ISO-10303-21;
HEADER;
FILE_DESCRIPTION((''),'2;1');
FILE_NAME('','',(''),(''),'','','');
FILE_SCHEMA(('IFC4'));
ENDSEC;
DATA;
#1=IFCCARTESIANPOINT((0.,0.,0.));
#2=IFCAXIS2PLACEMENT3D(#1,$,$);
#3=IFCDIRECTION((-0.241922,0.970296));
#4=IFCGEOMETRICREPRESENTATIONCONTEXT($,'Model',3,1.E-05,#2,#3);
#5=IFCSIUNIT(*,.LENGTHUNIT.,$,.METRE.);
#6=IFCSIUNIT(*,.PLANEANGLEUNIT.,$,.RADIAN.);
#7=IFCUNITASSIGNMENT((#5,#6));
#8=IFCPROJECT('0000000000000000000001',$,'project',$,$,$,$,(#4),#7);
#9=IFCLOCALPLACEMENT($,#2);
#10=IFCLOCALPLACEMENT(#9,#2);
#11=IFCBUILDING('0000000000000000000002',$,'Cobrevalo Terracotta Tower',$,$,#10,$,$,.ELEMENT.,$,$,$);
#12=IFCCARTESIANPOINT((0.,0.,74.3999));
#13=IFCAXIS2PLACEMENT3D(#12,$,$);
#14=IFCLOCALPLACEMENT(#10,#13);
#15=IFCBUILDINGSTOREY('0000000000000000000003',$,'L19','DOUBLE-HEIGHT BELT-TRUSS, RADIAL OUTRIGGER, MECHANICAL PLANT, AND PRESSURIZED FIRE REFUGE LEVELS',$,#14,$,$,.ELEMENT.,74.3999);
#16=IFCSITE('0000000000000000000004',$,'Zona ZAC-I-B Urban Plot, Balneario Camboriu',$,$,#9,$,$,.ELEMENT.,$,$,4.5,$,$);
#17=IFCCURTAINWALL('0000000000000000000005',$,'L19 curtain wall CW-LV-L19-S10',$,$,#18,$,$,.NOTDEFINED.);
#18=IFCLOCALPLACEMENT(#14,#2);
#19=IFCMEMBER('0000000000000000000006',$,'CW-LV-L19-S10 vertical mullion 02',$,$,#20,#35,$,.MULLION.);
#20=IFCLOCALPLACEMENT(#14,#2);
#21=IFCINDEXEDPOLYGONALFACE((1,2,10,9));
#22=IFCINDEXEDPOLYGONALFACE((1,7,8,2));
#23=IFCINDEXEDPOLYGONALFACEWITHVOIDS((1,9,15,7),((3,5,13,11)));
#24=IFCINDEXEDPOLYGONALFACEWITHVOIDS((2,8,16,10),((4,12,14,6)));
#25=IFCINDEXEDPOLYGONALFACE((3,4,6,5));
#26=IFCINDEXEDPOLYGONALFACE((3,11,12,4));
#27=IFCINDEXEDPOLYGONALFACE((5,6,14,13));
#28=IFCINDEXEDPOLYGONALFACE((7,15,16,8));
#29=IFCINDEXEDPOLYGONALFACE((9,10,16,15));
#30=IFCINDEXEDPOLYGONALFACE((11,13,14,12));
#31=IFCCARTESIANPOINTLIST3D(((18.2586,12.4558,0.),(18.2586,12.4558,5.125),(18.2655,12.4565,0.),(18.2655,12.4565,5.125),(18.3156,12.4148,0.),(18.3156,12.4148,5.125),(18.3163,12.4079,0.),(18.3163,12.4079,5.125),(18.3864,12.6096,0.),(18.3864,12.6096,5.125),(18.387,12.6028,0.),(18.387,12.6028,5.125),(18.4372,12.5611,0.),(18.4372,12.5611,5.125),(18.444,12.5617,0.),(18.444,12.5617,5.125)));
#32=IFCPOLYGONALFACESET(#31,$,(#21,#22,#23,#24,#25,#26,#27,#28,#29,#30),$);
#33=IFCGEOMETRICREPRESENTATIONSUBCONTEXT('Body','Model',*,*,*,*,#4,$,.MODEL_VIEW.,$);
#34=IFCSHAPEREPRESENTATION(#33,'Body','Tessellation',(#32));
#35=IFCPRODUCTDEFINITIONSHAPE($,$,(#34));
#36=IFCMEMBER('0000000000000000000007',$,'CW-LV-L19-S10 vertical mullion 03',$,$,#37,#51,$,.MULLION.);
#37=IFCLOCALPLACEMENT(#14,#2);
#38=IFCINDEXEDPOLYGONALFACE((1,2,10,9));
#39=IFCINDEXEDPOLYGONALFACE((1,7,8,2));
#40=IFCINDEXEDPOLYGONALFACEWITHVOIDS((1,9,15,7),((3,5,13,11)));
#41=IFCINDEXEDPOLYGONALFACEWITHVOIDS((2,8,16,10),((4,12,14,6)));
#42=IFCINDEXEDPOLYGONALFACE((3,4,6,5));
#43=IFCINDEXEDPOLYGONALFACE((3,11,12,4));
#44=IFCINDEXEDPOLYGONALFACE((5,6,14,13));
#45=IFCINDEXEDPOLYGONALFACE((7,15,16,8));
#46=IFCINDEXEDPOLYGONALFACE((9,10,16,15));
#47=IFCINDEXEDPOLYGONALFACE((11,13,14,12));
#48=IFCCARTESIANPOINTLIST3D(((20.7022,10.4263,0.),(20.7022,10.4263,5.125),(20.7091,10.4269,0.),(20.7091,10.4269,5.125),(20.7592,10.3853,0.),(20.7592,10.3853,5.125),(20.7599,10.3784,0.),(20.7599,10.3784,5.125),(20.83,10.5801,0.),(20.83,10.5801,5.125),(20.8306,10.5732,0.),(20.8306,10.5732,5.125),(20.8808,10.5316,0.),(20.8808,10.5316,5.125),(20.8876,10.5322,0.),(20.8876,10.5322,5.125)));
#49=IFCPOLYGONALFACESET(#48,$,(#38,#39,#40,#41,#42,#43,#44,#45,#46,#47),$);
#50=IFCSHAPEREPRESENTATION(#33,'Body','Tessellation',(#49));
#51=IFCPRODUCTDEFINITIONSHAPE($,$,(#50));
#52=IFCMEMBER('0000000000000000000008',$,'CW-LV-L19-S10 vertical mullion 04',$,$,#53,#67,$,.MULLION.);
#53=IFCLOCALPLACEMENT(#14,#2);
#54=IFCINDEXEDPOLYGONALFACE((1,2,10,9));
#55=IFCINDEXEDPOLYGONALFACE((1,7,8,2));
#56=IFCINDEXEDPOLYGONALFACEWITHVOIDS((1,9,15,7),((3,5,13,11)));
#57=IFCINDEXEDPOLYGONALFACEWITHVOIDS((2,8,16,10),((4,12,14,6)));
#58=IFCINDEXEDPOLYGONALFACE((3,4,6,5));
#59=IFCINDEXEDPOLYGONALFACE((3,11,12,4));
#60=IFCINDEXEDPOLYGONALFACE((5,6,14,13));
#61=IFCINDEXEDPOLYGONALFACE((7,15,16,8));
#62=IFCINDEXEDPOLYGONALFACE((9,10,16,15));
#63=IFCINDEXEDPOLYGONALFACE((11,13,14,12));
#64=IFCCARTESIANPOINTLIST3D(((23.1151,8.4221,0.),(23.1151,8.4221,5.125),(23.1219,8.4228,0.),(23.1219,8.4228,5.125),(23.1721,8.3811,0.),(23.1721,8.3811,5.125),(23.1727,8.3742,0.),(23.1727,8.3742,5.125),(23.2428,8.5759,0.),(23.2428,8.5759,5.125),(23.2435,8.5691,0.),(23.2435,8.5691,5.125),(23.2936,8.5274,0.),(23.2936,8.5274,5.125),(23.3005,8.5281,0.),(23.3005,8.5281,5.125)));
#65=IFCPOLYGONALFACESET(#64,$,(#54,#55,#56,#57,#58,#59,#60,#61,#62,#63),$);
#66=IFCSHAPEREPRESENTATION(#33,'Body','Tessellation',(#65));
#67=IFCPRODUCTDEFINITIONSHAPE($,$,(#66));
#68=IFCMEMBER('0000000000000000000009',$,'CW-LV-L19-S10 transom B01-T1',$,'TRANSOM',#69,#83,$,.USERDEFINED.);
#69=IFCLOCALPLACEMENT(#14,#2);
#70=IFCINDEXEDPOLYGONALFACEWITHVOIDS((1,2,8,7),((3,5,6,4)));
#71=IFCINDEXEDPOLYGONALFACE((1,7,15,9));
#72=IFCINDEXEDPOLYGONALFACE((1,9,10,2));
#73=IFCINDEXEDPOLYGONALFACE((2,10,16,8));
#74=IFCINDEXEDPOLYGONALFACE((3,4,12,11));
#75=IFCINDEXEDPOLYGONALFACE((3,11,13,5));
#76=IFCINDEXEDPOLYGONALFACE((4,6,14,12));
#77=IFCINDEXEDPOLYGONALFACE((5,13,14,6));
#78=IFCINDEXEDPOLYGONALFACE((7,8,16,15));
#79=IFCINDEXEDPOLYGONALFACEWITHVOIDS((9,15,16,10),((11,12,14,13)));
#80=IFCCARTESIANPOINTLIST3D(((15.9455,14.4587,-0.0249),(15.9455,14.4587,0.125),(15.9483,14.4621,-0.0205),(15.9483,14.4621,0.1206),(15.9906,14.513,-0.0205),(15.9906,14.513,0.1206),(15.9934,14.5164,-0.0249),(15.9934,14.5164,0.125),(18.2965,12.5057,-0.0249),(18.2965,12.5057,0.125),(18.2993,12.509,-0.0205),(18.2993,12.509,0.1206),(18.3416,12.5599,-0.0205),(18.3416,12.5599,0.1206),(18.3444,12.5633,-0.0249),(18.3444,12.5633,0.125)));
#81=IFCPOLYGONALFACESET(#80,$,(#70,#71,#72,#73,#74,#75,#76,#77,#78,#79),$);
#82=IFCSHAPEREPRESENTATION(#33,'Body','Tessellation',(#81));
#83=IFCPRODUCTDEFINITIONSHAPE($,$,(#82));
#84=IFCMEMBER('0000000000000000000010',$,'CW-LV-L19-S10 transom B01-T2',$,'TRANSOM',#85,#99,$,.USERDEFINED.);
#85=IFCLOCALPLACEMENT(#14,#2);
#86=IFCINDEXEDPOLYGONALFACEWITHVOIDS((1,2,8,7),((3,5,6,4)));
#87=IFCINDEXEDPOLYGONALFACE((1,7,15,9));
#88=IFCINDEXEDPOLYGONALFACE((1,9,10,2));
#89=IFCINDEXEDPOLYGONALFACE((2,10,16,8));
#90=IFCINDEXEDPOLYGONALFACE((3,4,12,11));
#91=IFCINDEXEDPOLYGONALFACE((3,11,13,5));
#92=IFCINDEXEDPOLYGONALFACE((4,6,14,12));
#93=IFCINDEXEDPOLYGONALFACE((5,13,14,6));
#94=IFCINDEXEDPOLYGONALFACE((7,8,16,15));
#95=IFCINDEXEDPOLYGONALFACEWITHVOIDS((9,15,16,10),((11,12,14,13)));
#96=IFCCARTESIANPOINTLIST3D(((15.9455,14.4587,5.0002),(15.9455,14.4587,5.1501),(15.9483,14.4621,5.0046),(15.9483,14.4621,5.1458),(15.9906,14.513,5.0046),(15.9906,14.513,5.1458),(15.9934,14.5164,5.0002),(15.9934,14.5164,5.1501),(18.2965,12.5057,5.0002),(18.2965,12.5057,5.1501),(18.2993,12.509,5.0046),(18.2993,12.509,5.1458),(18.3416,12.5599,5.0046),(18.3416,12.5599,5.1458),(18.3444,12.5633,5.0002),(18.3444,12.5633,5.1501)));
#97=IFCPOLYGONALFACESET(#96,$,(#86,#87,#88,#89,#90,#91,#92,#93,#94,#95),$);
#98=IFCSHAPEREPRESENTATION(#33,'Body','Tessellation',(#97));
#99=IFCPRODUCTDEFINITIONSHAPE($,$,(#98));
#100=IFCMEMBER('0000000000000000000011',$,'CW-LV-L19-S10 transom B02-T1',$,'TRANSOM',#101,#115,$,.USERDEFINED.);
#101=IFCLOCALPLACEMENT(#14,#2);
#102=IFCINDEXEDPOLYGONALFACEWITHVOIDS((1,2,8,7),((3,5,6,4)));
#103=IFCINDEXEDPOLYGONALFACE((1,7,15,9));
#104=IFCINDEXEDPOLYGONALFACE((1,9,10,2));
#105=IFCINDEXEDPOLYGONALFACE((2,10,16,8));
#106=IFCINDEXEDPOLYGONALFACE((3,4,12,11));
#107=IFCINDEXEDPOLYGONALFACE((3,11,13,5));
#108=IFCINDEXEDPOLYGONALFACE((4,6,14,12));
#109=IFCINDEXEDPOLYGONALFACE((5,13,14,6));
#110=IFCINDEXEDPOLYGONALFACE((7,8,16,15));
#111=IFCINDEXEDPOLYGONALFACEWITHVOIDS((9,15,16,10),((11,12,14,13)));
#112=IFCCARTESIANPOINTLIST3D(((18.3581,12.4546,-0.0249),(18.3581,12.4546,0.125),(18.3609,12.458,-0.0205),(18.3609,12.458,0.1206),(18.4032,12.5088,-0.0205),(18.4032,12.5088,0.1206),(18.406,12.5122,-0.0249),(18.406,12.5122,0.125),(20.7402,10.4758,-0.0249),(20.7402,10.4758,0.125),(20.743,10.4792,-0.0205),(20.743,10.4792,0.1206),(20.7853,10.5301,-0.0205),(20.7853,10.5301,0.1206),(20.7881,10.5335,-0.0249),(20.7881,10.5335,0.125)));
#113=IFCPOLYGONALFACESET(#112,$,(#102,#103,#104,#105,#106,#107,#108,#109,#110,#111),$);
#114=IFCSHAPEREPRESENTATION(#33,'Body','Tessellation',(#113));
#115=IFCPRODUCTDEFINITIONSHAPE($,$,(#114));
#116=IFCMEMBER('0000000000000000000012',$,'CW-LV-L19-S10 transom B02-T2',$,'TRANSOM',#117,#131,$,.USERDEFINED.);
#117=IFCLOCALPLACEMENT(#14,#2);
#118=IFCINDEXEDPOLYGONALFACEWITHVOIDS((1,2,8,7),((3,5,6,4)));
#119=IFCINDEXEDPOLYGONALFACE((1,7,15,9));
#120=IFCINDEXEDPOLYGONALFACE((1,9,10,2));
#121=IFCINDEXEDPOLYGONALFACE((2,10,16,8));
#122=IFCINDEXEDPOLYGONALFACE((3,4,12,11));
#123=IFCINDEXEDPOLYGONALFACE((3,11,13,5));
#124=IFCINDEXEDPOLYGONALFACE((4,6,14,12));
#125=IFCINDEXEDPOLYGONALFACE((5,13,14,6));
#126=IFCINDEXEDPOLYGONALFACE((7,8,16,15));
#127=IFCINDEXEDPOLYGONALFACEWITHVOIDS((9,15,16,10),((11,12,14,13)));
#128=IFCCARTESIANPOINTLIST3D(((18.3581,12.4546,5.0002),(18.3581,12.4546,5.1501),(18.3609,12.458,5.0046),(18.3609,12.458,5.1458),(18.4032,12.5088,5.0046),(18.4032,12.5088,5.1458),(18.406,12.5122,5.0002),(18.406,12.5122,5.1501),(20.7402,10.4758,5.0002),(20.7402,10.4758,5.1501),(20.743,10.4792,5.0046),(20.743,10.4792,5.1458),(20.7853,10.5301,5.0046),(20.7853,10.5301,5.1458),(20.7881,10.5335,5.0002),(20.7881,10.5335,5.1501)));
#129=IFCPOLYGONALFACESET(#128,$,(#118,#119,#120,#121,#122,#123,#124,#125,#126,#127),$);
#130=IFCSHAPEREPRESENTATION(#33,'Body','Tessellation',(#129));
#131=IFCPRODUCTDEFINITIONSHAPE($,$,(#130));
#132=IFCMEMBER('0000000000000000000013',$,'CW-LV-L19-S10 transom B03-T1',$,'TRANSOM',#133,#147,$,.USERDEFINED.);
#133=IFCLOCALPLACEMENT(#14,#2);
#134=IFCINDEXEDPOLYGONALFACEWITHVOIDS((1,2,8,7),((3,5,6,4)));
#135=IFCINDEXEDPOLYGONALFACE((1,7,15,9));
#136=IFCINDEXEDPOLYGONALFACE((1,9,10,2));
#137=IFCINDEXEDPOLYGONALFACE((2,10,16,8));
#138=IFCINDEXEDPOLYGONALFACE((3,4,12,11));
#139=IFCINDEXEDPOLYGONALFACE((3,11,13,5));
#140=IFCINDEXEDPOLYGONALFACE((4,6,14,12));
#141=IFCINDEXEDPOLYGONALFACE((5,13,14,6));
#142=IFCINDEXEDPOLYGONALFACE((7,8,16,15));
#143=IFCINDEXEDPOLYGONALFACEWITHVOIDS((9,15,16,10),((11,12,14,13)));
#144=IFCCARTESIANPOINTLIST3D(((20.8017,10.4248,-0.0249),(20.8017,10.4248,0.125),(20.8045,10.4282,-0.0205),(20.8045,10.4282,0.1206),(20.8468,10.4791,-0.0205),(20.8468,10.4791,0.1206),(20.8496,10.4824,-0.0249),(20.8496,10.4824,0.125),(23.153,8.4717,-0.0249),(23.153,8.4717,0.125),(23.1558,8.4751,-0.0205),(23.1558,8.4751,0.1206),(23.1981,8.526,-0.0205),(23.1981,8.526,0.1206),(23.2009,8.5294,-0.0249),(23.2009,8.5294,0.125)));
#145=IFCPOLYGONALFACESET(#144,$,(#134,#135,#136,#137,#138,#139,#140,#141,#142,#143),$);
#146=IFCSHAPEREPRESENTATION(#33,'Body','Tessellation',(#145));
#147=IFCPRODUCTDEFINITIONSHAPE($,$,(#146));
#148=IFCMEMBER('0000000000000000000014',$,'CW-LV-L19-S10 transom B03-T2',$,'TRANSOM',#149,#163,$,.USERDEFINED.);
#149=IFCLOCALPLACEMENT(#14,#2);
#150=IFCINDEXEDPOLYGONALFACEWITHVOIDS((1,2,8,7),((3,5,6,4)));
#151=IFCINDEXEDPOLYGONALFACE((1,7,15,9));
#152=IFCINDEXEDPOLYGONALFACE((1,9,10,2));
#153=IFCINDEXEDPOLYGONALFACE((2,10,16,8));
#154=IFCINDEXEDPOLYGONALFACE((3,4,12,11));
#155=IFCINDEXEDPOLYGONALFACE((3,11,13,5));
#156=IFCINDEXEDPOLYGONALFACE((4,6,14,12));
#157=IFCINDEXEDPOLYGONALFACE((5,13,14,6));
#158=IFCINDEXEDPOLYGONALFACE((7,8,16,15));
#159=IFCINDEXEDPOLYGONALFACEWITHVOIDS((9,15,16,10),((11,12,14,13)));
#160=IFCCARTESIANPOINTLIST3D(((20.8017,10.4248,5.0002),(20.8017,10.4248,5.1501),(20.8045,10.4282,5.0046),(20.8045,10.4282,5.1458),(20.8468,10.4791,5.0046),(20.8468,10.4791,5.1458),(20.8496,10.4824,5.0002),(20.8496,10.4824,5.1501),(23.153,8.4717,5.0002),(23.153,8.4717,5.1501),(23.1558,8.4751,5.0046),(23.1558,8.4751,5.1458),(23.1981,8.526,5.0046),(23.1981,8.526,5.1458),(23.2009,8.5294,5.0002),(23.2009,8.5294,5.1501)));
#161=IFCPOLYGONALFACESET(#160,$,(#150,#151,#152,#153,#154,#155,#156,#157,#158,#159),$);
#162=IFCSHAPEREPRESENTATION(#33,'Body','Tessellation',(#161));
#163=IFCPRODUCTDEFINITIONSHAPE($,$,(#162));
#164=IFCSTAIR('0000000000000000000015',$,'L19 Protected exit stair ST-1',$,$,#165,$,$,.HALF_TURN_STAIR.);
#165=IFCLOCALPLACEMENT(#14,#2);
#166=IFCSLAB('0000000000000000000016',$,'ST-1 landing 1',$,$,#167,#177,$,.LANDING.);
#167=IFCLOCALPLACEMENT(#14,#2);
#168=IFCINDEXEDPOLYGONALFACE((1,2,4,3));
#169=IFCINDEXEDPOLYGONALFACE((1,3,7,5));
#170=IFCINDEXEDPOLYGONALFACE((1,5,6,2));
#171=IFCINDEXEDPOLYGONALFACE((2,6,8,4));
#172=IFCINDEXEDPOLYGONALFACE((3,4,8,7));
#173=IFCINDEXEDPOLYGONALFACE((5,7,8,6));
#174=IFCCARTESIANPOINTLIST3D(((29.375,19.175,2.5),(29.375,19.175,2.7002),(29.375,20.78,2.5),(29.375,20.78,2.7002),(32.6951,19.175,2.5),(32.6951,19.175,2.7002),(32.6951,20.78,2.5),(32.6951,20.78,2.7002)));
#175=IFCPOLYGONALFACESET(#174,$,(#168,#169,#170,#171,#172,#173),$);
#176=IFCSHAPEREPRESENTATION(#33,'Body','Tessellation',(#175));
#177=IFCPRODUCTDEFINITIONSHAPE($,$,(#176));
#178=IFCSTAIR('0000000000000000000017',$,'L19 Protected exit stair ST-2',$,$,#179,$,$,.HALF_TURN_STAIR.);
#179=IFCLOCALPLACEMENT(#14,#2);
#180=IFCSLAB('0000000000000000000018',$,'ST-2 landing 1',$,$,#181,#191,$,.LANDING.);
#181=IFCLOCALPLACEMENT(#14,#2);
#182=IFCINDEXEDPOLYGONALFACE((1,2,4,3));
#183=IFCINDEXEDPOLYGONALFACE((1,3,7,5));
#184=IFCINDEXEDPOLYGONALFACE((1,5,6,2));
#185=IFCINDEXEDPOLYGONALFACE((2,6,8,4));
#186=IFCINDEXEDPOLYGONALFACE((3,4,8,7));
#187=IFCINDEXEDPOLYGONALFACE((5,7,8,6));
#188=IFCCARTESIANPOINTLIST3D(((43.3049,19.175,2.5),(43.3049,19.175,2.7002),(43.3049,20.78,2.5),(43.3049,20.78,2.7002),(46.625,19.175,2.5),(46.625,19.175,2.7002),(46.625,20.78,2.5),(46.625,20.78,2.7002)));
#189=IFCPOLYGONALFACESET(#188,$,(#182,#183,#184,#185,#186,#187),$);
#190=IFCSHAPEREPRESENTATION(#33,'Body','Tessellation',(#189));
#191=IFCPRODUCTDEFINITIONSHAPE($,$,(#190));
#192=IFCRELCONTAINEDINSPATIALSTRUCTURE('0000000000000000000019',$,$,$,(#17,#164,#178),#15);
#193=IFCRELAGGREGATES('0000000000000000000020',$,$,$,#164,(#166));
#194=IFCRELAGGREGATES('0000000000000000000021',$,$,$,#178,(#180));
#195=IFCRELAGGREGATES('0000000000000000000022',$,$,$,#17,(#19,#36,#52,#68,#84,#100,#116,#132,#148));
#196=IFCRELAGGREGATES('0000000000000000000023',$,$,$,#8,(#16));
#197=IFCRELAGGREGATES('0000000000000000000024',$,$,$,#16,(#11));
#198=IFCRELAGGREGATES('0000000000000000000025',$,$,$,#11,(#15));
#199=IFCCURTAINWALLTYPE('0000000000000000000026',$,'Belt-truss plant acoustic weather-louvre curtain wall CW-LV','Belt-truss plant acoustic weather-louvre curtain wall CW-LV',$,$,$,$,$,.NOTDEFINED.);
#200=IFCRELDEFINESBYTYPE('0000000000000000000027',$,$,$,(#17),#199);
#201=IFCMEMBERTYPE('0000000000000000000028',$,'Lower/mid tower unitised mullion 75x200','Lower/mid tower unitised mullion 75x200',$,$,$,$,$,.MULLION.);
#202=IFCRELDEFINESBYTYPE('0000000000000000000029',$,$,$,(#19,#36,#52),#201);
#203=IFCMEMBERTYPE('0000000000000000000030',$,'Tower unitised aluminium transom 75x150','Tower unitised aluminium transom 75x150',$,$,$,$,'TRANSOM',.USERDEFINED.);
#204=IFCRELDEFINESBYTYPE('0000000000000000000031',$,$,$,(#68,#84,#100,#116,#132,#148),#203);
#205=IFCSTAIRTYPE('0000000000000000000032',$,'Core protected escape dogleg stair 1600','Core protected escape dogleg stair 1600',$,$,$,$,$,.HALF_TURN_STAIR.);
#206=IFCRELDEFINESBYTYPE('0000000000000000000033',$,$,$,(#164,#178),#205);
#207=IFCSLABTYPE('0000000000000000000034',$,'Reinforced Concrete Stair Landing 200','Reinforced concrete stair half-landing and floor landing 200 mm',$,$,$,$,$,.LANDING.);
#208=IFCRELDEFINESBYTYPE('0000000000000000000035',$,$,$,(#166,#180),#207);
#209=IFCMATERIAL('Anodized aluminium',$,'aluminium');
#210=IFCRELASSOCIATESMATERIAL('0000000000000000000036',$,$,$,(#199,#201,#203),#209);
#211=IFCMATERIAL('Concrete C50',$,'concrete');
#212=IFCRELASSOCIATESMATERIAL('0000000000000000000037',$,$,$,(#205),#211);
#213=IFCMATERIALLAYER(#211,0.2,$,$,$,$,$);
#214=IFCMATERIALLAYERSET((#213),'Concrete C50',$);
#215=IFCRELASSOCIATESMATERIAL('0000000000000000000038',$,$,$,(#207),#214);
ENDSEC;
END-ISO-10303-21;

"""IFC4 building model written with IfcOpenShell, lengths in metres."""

from ifc_helpers import new_model, si_unit, direction, frame, origin, origin_2d, place, context, subcontext, project, spatial, polyline, hollow_rectangle, outline, extrude, source, transform, mapped, material, layer, layer_set, material_profile, profile_set, type_object, element, aggregate, save


model = new_model("IFC4")

# Units and contexts
model_context = context("Model", 3, precision=1e-05, world=origin(), true_north=direction((-0.241922, 0.970296)))
body_context = subcontext(model_context, "Body", "Model", "MODEL_VIEW")
ifc_project = project(units=[si_unit("LENGTHUNIT", "METRE"), si_unit("PLANEANGLEUNIT", "RADIAN")], contexts=[model_context])

# Site, building, storey
site_placement = place(None, origin())
site = spatial("IfcSite", under=ifc_project, at=site_placement, Name="Zona ZAC-I-B Urban Plot, Balneario Camboriu", CompositionType="ELEMENT", RefElevation=4.5)
building_placement = place(site_placement, origin())
building = spatial("IfcBuilding", under=site, at=building_placement, Name="Cobrevalo Terracotta Tower", CompositionType="ELEMENT")
storey_placement = place(building_placement, frame((0.0, 0.0, 74.3999)))
storey = spatial("IfcBuildingStorey", under=building, at=storey_placement, Name="L19", Description="DOUBLE-HEIGHT BELT-TRUSS, RADIAL OUTRIGGER, MECHANICAL PLANT, AND PRESSURIZED FIRE REFUGE LEVELS", CompositionType="ELEMENT", Elevation=74.3999)

# Shared definitions
ifc_material_1 = material(Name="Anodized aluminium", Category="aluminium")
curtain_wall_type = type_object("IfcCurtainWallType", Name="Belt-truss plant acoustic weather-louvre curtain wall CW-LV", Description="Belt-truss plant acoustic weather-louvre curtain wall CW-LV", PredefinedType="NOTDEFINED", material=ifc_material_1)
ifc_material_profile_1 = material_profile(ifc_material_1, hollow_rectangle(XDim=0.075, YDim=0.2, WallThickness=0.0049, at=origin_2d()), Name="CWM 75x200")
ifc_profile_set_1 = profile_set([ifc_material_profile_1], Name="Anodized aluminium")
member_type_1 = type_object("IfcMemberType", Name="Lower/mid tower unitised mullion 75x200", Description="Lower/mid tower unitised mullion 75x200", PredefinedType="MULLION", material=ifc_profile_set_1)
shared_shape_1 = source(origin(), body_context, "Body", "SweptSolid", [
    extrude(hollow_rectangle(XDim=0.075, YDim=0.2, WallThickness=0.0049, at=origin_2d()), origin(), (0.0, 0.0, 1.0), 5.125),
])

# Curtain wall, members
curtain_wall_1_placement = place(storey_placement, origin())
curtain_wall_1 = element("IfcCurtainWall", 1, at=curtain_wall_1_placement, inside=storey, type_object=curtain_wall_type, Name="L19 curtain wall CW-LV-L19-S10", PredefinedType="NOTDEFINED")
member_1_placement = place(storey_placement, frame((18.3513, 12.5088, 0.0), z_axis=(0.0, 0.0, 1.0), x_axis=(0.769243, -0.638956, 0.0)))
member_1 = element("IfcMember", 2, at=member_1_placement, type_object=member_type_1, Name="CW-LV-L19-S10 vertical mullion 02", PredefinedType="MULLION", context=body_context, shape_type="MappedRepresentation", body=[
    mapped(shared_shape_1, transform((0.0, 0.0, 0.0), scale=1.0)),
])
member_2_placement = place(storey_placement, frame((20.7949, 10.4792, 0.0), z_axis=(0.0, 0.0, 1.0), x_axis=(0.769243, -0.638956, 0.0)))
member_2 = element("IfcMember", 3, at=member_2_placement, type_object=member_type_1, Name="CW-LV-L19-S10 vertical mullion 03", PredefinedType="MULLION", context=body_context, shape_type="MappedRepresentation", body=[
    mapped(shared_shape_1, transform((0.0, 0.0, 0.0), scale=1.0)),
])
member_3_placement = place(storey_placement, frame((23.2078, 8.4751, 0.0), z_axis=(0.0, 0.0, 1.0), x_axis=(0.769243, -0.638956, 0.0)))
member_3 = element("IfcMember", 4, at=member_3_placement, type_object=member_type_1, Name="CW-LV-L19-S10 vertical mullion 04", PredefinedType="MULLION", context=body_context, shape_type="MappedRepresentation", body=[
    mapped(shared_shape_1, transform((0.0, 0.0, 0.0), scale=1.0)),
])
ifc_material_profile_2 = material_profile(ifc_material_1, hollow_rectangle(XDim=0.075, YDim=0.1499, WallThickness=0.0044, at=origin_2d()), Name="CWT 75x150")
ifc_profile_set_2 = profile_set([ifc_material_profile_2], Name="Anodized aluminium")
member_type_2 = type_object("IfcMemberType", Name="Tower unitised aluminium transom 75x150", Description="Tower unitised aluminium transom 75x150", ElementType="TRANSOM", PredefinedType="USERDEFINED", material=ifc_profile_set_2)
shared_shape_2 = source(origin(), body_context, "Body", "SweptSolid", [
    extrude(hollow_rectangle(XDim=0.075, YDim=0.1499, WallThickness=0.0044, at=origin_2d()), origin(), (0.0, 0.0, 1.0), 3.0564),
])
member_4_placement = place(storey_placement, frame((15.9695, 14.4875, 0.05), z_axis=(0.769202, -0.639005, 0.0), x_axis=(0.639005, 0.769202, 0.0)))
member_4 = element("IfcMember", 5, at=member_4_placement, type_object=member_type_2, Name="CW-LV-L19-S10 transom B01-T1", ObjectType="TRANSOM", PredefinedType="USERDEFINED", context=body_context, shape_type="MappedRepresentation", body=[
    mapped(shared_shape_2, transform((0.0, 0.0, 0.0), scale=1.0)),
])
member_5_placement = place(storey_placement, frame((15.9695, 14.4875, 5.0752), z_axis=(0.769202, -0.639005, 0.0), x_axis=(0.639005, 0.769202, 0.0)))
member_5 = element("IfcMember", 6, at=member_5_placement, type_object=member_type_2, Name="CW-LV-L19-S10 transom B01-T2", ObjectType="TRANSOM", PredefinedType="USERDEFINED", context=body_context, shape_type="MappedRepresentation", body=[
    mapped(shared_shape_2, transform((0.0, 0.0, 0.0), scale=1.0)),
])
shared_shape_3 = source(origin(), body_context, "Body", "SweptSolid", [
    extrude(hollow_rectangle(XDim=0.075, YDim=0.1499, WallThickness=0.0044, at=origin_2d()), origin(), (0.0, 0.0, 1.0), 3.0967),
])
member_6_placement = place(storey_placement, frame((18.3821, 12.4834, 0.05), z_axis=(0.769222, -0.638982, 0.0), x_axis=(0.638982, 0.769222, 0.0)))
member_6 = element("IfcMember", 7, at=member_6_placement, type_object=member_type_2, Name="CW-LV-L19-S10 transom B02-T1", ObjectType="TRANSOM", PredefinedType="USERDEFINED", context=body_context, shape_type="MappedRepresentation", body=[
    mapped(shared_shape_3, transform((0.0, 0.0, 0.0), scale=1.0)),
])
member_7_placement = place(storey_placement, frame((18.3821, 12.4834, 5.0752), z_axis=(0.769222, -0.638982, 0.0), x_axis=(0.638982, 0.769222, 0.0)))
member_7 = element("IfcMember", 8, at=member_7_placement, type_object=member_type_2, Name="CW-LV-L19-S10 transom B02-T2", ObjectType="TRANSOM", PredefinedType="USERDEFINED", context=body_context, shape_type="MappedRepresentation", body=[
    mapped(shared_shape_3, transform((0.0, 0.0, 0.0), scale=1.0)),
])
shared_shape_4 = source(origin(), body_context, "Body", "SweptSolid", [
    extrude(hollow_rectangle(XDim=0.075, YDim=0.1499, WallThickness=0.0044, at=origin_2d()), origin(), (0.0, 0.0, 1.0), 3.0566),
])
member_8_placement = place(storey_placement, frame((20.8257, 10.4536, 0.05), z_axis=(0.769235, -0.638966, 0.0), x_axis=(0.638966, 0.769235, 0.0)))
member_8 = element("IfcMember", 9, at=member_8_placement, type_object=member_type_2, Name="CW-LV-L19-S10 transom B03-T1", ObjectType="TRANSOM", PredefinedType="USERDEFINED", context=body_context, shape_type="MappedRepresentation", body=[
    mapped(shared_shape_4, transform((0.0, 0.0, 0.0), scale=1.0)),
])
member_9_placement = place(storey_placement, frame((20.8257, 10.4536, 5.0752), z_axis=(0.769235, -0.638966, 0.0), x_axis=(0.638966, 0.769235, 0.0)))
member_9 = element("IfcMember", 10, at=member_9_placement, type_object=member_type_2, Name="CW-LV-L19-S10 transom B03-T2", ObjectType="TRANSOM", PredefinedType="USERDEFINED", context=body_context, shape_type="MappedRepresentation", body=[
    mapped(shared_shape_4, transform((0.0, 0.0, 0.0), scale=1.0)),
])

# Stairs, slabs
ifc_material_2 = material(Name="Concrete C50", Category="concrete")
stair_type = type_object("IfcStairType", Name="Core protected escape dogleg stair 1600", Description="Core protected escape dogleg stair 1600", PredefinedType="HALF_TURN_STAIR", material=ifc_material_2)
stair_1_placement = place(storey_placement, origin())
stair_1 = element("IfcStair", 11, at=stair_1_placement, inside=storey, type_object=stair_type, Name="L19 Protected exit stair ST-1", PredefinedType="HALF_TURN_STAIR")
ifc_layer_1 = layer(ifc_material_2, 0.2)
ifc_layer_set_1 = layer_set([ifc_layer_1], Name="Concrete C50")
slab_type_1 = type_object("IfcSlabType", Name="Reinforced Concrete Stair Landing 200", Description="Reinforced concrete stair half-landing and floor landing 200 mm", PredefinedType="LANDING", material=ifc_layer_set_1)
slab_1_placement = place(storey_placement, frame((0.0, 0.0, 2.5)))
slab_1 = element("IfcSlab", 12, at=slab_1_placement, type_object=slab_type_1, Name="ST-1 landing 1", PredefinedType="LANDING", context=body_context, shape_type="SweptSolid", body=[
    extrude(outline(polyline([(29.375, 20.78), (29.375, 19.175), (32.6951, 19.175), (32.6951, 20.78), (29.375, 20.78)])), origin(), (0.0, 0.0, 1.0), 0.2002),
])
aggregate(stair_1, [slab_1])
stair_2_placement = place(storey_placement, origin())
stair_2 = element("IfcStair", 13, at=stair_2_placement, inside=storey, type_object=stair_type, Name="L19 Protected exit stair ST-2", PredefinedType="HALF_TURN_STAIR")
slab_2_placement = place(storey_placement, frame((0.0, 0.0, 2.5)))
slab_2 = element("IfcSlab", 14, at=slab_2_placement, type_object=slab_type_1, Name="ST-2 landing 1", PredefinedType="LANDING", context=body_context, shape_type="SweptSolid", body=[
    extrude(outline(polyline([(43.3049, 20.78), (43.3049, 19.175), (46.625, 19.175), (46.625, 20.78), (43.3049, 20.78)])), origin(), (0.0, 0.0, 1.0), 0.2002),
])
aggregate(stair_2, [slab_2])

aggregate(curtain_wall_1, [member_1, member_2, member_3, member_4, member_5, member_6, member_7, member_8, member_9])

save(model, "model.ifc")
